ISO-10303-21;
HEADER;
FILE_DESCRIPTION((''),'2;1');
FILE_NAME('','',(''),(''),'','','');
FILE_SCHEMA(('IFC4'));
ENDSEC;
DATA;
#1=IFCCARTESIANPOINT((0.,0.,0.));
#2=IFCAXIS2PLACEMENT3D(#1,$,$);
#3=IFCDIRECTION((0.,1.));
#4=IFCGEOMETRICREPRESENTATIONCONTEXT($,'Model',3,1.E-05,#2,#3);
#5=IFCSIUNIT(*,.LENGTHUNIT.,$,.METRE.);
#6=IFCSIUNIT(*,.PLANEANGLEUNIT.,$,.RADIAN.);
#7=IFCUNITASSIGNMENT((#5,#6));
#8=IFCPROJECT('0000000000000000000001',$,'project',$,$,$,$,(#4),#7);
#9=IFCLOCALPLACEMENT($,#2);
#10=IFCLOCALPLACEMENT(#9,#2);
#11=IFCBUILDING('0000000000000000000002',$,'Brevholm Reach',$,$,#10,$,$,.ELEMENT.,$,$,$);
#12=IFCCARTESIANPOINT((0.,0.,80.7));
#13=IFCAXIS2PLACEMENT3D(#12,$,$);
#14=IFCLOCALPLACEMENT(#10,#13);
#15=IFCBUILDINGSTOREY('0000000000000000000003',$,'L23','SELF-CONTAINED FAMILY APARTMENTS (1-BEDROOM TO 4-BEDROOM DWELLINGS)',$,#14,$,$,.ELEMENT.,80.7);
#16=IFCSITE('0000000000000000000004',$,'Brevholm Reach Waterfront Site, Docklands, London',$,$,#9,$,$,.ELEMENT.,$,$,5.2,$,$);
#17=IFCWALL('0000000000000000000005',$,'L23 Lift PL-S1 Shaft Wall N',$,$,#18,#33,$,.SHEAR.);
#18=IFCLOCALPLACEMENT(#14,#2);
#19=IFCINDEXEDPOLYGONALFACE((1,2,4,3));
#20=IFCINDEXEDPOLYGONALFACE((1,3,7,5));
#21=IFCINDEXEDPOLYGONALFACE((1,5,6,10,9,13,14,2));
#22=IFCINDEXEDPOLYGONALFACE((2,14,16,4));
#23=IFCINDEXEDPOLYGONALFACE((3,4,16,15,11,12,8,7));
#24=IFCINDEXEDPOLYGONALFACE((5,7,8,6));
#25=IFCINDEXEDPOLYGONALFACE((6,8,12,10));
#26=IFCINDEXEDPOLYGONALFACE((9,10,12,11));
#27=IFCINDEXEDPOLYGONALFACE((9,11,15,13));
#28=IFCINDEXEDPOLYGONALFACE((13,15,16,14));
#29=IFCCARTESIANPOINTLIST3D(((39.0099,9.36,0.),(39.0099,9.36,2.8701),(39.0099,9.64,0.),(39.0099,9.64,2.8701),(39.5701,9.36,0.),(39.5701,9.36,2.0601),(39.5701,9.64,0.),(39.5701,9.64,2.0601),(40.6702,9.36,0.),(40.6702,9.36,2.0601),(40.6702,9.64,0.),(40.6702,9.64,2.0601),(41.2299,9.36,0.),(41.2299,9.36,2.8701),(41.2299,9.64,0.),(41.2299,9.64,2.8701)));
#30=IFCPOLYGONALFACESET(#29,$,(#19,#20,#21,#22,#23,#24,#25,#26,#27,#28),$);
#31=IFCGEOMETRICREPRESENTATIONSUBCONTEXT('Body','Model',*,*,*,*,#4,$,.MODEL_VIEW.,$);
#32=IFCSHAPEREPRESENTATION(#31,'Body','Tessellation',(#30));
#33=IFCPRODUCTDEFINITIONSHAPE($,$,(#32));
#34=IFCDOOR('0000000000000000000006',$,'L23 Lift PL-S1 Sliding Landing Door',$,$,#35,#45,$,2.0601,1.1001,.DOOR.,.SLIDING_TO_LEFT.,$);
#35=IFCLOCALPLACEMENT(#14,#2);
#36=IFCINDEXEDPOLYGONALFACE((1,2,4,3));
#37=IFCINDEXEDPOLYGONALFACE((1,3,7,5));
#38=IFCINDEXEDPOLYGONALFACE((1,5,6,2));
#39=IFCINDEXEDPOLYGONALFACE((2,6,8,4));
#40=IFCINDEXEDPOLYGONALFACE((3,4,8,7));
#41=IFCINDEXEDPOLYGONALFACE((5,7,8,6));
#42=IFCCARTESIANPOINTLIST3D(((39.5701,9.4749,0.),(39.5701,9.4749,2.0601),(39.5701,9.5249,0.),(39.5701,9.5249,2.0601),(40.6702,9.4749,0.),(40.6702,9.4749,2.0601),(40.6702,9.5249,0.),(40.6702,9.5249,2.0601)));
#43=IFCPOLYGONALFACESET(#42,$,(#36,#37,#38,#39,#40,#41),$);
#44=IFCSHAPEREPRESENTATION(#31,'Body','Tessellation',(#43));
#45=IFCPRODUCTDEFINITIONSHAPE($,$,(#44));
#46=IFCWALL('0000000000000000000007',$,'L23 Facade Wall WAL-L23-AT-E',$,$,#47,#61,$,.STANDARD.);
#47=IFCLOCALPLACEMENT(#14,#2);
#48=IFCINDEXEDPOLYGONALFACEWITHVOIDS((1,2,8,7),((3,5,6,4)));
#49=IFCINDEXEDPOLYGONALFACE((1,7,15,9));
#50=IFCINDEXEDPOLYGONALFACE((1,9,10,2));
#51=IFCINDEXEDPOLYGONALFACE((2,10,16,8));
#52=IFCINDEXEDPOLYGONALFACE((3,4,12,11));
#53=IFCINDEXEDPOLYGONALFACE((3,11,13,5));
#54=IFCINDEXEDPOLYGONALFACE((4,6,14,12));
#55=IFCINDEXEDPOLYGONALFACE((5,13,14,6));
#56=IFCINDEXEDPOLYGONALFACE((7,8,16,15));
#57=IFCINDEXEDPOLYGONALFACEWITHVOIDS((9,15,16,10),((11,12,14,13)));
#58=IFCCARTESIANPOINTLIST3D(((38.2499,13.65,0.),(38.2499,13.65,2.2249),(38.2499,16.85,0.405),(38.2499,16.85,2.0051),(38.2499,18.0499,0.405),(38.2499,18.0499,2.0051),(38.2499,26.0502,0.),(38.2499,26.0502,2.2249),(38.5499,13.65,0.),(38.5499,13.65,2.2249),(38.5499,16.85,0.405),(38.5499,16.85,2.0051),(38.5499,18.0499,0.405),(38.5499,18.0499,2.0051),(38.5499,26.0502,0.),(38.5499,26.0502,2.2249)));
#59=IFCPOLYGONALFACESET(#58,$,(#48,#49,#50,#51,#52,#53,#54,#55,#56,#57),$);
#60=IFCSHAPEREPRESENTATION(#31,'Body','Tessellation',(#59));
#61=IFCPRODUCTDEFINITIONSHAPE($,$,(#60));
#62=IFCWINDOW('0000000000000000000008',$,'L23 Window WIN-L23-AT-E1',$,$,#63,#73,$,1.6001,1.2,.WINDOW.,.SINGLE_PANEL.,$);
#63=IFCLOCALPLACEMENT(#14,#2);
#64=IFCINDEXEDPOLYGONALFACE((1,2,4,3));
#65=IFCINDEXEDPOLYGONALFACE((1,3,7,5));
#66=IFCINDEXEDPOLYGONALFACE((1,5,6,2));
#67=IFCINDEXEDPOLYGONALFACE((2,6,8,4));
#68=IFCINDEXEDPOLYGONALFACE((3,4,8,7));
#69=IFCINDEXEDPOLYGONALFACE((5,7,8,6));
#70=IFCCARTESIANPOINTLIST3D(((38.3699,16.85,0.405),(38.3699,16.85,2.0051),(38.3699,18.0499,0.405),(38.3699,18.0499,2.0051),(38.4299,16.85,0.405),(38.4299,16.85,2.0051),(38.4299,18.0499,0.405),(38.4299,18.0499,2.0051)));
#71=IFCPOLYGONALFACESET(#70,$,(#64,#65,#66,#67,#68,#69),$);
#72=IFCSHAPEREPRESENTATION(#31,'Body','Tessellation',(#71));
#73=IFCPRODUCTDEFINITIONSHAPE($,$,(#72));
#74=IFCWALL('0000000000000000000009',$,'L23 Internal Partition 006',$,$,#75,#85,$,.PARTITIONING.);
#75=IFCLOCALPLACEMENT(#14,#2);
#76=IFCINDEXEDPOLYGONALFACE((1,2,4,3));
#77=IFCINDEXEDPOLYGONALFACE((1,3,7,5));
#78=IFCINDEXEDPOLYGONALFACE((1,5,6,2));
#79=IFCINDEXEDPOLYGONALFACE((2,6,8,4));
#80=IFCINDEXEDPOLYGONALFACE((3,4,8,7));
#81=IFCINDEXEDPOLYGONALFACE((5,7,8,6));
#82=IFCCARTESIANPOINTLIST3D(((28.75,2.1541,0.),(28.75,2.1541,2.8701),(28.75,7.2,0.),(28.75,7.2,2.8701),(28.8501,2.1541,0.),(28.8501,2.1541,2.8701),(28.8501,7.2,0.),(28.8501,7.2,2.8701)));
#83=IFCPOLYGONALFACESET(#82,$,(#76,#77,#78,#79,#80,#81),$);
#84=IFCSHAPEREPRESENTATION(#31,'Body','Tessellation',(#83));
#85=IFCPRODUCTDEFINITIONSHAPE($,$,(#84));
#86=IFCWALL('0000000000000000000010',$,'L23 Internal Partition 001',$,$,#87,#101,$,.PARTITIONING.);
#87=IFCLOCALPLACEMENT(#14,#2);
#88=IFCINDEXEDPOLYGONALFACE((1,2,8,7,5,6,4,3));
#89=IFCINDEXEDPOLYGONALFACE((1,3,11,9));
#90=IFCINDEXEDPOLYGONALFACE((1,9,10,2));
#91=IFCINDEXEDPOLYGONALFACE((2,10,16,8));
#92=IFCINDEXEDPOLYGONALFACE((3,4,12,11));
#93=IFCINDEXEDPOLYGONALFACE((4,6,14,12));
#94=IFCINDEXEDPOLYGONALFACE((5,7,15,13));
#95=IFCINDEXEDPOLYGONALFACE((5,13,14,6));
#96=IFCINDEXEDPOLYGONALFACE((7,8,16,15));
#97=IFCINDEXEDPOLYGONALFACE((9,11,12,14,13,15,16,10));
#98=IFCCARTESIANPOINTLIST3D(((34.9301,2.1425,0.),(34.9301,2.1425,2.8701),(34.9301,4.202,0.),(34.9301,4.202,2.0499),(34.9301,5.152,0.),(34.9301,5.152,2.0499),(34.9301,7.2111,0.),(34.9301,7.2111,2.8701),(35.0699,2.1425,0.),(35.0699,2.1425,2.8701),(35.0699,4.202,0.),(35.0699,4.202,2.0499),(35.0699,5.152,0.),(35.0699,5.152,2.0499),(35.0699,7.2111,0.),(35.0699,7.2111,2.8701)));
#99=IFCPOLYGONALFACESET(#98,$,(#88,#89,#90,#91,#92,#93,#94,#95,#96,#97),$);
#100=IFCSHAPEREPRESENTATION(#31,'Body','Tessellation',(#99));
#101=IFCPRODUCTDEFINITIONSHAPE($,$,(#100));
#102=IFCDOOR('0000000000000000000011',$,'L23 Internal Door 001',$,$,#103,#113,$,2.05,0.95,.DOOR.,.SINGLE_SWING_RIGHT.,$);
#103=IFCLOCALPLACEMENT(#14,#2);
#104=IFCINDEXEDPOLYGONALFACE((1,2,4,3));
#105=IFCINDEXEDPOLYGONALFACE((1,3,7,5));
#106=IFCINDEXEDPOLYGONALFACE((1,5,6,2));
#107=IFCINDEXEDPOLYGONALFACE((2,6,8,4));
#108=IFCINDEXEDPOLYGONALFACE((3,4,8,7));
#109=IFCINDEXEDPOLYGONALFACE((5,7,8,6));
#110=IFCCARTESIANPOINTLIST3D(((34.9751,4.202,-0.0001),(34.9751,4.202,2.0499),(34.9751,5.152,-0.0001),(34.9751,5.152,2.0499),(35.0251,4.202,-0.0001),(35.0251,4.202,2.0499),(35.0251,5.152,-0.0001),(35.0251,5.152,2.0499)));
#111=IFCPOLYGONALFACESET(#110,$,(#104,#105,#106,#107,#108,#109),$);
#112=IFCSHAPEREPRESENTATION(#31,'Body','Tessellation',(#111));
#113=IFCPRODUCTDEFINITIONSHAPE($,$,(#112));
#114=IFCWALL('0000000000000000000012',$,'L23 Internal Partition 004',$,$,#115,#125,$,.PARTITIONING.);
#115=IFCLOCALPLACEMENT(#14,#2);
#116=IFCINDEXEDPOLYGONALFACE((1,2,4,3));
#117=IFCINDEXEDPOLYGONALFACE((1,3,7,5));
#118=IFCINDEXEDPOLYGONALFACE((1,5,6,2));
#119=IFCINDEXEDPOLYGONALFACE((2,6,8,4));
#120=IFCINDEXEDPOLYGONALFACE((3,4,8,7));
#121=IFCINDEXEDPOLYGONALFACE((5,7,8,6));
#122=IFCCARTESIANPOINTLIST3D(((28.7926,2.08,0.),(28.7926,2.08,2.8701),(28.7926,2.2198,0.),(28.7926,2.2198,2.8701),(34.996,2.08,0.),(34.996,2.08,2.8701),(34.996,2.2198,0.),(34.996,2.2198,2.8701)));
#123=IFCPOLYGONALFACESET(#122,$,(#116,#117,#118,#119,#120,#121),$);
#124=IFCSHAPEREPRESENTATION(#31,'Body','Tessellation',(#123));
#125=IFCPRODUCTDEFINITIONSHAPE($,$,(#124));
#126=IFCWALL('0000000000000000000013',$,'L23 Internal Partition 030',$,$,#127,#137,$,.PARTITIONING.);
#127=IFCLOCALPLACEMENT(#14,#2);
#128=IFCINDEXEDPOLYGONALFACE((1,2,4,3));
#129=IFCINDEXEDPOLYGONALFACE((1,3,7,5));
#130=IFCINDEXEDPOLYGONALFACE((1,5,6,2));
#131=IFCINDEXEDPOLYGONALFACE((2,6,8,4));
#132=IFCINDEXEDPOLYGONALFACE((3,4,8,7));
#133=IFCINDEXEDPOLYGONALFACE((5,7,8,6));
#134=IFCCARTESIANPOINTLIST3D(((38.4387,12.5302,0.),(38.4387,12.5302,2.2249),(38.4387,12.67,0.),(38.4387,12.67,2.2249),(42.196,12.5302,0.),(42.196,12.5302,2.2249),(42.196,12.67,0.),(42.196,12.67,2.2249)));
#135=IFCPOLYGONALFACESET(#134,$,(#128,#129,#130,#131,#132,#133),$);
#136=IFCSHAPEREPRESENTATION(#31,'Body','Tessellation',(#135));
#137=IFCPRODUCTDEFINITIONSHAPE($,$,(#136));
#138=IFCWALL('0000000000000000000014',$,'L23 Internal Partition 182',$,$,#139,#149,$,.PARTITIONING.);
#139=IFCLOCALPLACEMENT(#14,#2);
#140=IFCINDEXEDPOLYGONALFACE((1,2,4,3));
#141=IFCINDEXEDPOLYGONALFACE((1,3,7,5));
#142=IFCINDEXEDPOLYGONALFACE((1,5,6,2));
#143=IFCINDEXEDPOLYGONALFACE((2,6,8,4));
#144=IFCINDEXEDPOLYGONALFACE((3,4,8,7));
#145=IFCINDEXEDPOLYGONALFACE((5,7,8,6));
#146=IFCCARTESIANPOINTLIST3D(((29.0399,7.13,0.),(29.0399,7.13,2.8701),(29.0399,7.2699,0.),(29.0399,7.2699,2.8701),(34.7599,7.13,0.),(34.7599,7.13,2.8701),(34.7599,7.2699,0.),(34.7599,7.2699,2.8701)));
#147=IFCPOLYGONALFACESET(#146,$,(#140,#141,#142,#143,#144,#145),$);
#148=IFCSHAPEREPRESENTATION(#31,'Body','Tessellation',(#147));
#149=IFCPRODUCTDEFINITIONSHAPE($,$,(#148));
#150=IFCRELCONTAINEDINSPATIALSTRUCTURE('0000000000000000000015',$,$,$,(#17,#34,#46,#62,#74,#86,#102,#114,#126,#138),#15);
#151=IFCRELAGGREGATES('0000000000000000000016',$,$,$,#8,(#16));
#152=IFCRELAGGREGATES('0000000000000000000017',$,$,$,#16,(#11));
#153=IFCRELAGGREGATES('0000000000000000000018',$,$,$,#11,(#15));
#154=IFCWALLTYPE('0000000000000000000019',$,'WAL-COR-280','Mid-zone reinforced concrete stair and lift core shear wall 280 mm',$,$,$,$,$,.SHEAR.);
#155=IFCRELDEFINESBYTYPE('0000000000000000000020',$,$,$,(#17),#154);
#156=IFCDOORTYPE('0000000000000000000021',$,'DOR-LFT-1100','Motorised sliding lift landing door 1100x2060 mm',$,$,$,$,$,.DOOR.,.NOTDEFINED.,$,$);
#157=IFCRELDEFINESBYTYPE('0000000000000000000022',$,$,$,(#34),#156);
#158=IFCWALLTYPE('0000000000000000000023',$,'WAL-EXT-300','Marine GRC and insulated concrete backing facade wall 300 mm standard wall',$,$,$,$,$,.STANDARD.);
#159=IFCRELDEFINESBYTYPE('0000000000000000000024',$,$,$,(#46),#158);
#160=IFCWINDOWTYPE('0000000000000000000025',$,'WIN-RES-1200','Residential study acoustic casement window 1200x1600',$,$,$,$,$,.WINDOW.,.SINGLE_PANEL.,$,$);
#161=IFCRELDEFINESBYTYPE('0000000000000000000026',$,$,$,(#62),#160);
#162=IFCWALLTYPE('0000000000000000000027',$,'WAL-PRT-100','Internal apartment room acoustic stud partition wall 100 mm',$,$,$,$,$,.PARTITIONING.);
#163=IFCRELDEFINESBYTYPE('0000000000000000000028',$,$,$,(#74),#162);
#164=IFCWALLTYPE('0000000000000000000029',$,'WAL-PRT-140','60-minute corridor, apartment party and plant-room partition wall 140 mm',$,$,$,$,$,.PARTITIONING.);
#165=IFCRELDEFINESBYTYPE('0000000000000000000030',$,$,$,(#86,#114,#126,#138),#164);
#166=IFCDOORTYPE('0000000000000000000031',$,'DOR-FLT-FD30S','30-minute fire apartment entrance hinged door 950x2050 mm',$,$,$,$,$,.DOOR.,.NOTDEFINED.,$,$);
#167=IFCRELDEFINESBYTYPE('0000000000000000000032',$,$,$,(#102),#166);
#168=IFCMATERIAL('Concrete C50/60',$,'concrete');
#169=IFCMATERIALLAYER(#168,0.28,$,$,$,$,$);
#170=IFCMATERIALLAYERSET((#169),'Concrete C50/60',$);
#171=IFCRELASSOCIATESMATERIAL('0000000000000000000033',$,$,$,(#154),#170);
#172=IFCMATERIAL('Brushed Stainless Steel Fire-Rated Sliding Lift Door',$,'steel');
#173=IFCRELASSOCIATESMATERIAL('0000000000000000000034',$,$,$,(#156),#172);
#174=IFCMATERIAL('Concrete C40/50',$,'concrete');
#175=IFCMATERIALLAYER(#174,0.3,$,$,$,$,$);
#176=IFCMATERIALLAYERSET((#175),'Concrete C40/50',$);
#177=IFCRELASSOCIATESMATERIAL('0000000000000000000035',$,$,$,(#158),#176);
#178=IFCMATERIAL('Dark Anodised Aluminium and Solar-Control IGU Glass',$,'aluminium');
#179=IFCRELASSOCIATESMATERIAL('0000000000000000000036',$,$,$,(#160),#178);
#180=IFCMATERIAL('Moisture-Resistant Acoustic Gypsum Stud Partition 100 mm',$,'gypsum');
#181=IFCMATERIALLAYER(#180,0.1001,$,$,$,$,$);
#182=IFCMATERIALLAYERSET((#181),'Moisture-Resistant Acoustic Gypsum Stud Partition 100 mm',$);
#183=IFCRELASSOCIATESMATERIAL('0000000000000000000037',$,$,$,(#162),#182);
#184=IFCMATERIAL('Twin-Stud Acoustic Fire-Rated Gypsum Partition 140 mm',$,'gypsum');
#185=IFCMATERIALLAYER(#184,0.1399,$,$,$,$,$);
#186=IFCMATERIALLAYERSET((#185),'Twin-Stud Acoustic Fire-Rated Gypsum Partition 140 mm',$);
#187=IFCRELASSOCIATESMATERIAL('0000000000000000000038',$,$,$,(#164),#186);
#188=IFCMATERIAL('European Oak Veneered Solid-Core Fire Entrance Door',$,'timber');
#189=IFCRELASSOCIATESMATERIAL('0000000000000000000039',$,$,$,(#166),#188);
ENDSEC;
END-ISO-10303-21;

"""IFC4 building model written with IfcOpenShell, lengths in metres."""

from ifc_helpers import new_model, si_unit, direction, frame, frame_2d, origin, place, context, subcontext, project, spatial, rectangle, extrude, material, layer, layer_set, type_object, element, fill, save


model = new_model("IFC4")

# Units and contexts
model_context = context("Model", 3, precision=1e-05, world=origin(), true_north=direction((0.0, 1.0)))
body_context = subcontext(model_context, "Body", "Model", "MODEL_VIEW")
ifc_project = project(units=[si_unit("LENGTHUNIT", "METRE"), si_unit("PLANEANGLEUNIT", "RADIAN")], contexts=[model_context])

# Site, building, storey
site_placement = place(None, origin())
site = spatial("IfcSite", under=ifc_project, at=site_placement, Name="Brevholm Reach Waterfront Site, Docklands, London", CompositionType="ELEMENT", RefElevation=5.2)
building_placement = place(site_placement, origin())
building = spatial("IfcBuilding", under=site, at=building_placement, Name="Brevholm Reach", CompositionType="ELEMENT")
storey_placement = place(building_placement, frame((0.0, 0.0, 80.7)))
storey = spatial("IfcBuildingStorey", under=building, at=storey_placement, Name="L23", Description="SELF-CONTAINED FAMILY APARTMENTS (1-BEDROOM TO 4-BEDROOM DWELLINGS)", CompositionType="ELEMENT", Elevation=80.7)

# Shared definitions
ifc_material_1 = material(Name="Concrete C50/60", Category="concrete")
ifc_layer_1 = layer(ifc_material_1, 0.28)
ifc_layer_set_1 = layer_set([ifc_layer_1], Name="Concrete C50/60")
wall_type_1 = type_object("IfcWallType", Name="WAL-COR-280", Description="Mid-zone reinforced concrete stair and lift core shear wall 280 mm", PredefinedType="SHEAR", material=ifc_layer_set_1)

# Wall, opening, door
wall_1_placement = place(storey_placement, frame((39.01, 9.5, 0.0), z_axis=(0.0, 0.0, 1.0), x_axis=(1.0, 0.0, 0.0)))
wall_1 = element("IfcWall", 1, at=wall_1_placement, inside=storey, type_object=wall_type_1, Name="L23 Lift PL-S1 Shaft Wall N", PredefinedType="SHEAR", context=body_context, shape_type="SweptSolid", body=[
    extrude(rectangle(XDim=2.22, YDim=0.28, at=frame_2d((1.1099, 0.0))), origin(), (0.0, 0.0, 1.0), 2.8701),
])
opening_1_placement = place(wall_1_placement, frame((0.5601, 0.0, 0.0)))
opening_1 = element("IfcOpeningElement", 2, at=opening_1_placement, cuts=wall_1, PredefinedType="OPENING", context=body_context, shape_type="SweptSolid", body=[
    extrude(rectangle(XDim=1.1001, YDim=2.0601, at=frame_2d((0.55, 1.03))), frame((0.0, 0.1499, 0.0), z_axis=(0.0, -1.0, 0.0), x_axis=(1.0, 0.0, 0.0)), (0.0, 0.0, 1.0), 0.3),
])
ifc_material_2 = material(Name="Brushed Stainless Steel Fire-Rated Sliding Lift Door", Category="steel")
door_type_1 = type_object("IfcDoorType", Name="DOR-LFT-1100", Description="Motorised sliding lift landing door 1100x2060 mm", OperationType="NOTDEFINED", PredefinedType="DOOR", material=ifc_material_2)
door_1_placement = place(opening_1_placement, origin())
door_1 = element("IfcDoor", 3, at=door_1_placement, inside=storey, type_object=door_type_1, Name="L23 Lift PL-S1 Sliding Landing Door", OperationType="SLIDING_TO_LEFT", OverallHeight=2.0601, OverallWidth=1.1001, PredefinedType="DOOR", context=body_context, shape_type="SweptSolid", body=[
    extrude(rectangle(XDim=1.1001, YDim=2.0601, at=frame_2d((0.55, 1.03))), frame((0.0, 0.0249, 0.0), z_axis=(0.0, -1.0, 0.0), x_axis=(1.0, 0.0, 0.0)), (0.0, 0.0, 1.0), 0.05),
])
fill(opening_1, door_1)

# Wall, opening, window
ifc_material_3 = material(Name="Concrete C40/50", Category="concrete")
ifc_layer_2 = layer(ifc_material_3, 0.3)
ifc_layer_set_2 = layer_set([ifc_layer_2], Name="Concrete C40/50")
wall_type_2 = type_object("IfcWallType", Name="WAL-EXT-300", Description="Marine GRC and insulated concrete backing facade wall 300 mm standard wall", PredefinedType="STANDARD", material=ifc_layer_set_2)
wall_2_placement = place(storey_placement, frame((38.3999, 13.6499, 0.0), z_axis=(0.0, 0.0, 1.0), x_axis=(0.0, 1.0, 0.0)))
wall_2 = element("IfcWall", 4, at=wall_2_placement, inside=storey, type_object=wall_type_2, Name="L23 Facade Wall WAL-L23-AT-E", PredefinedType="STANDARD", context=body_context, shape_type="SweptSolid", body=[
    extrude(rectangle(XDim=12.4001, YDim=0.3, at=frame_2d((6.2002, 0.0))), origin(), (0.0, 0.0, 1.0), 2.2249),
])
opening_2_placement = place(wall_2_placement, frame((3.2, 0.0, 0.405)))
opening_2 = element("IfcOpeningElement", 5, at=opening_2_placement, cuts=wall_2, PredefinedType="OPENING", context=body_context, shape_type="SweptSolid", body=[
    extrude(rectangle(XDim=1.2, YDim=1.6001, at=frame_2d((0.6001, 0.8))), frame((0.0, 0.1599, 0.0), z_axis=(0.0, -1.0, 0.0), x_axis=(1.0, 0.0, 0.0)), (0.0, 0.0, 1.0), 0.3201),
])
ifc_material_4 = material(Name="Dark Anodised Aluminium and Solar-Control IGU Glass", Category="aluminium")
window_type = type_object("IfcWindowType", Name="WIN-RES-1200", Description="Residential study acoustic casement window 1200x1600", PartitioningType="SINGLE_PANEL", PredefinedType="WINDOW", material=ifc_material_4)
window_placement = place(opening_2_placement, origin())
window = element("IfcWindow", 6, at=window_placement, inside=storey, type_object=window_type, Name="L23 Window WIN-L23-AT-E1", OverallHeight=1.6001, OverallWidth=1.2, PartitioningType="SINGLE_PANEL", PredefinedType="WINDOW", context=body_context, shape_type="SweptSolid", body=[
    extrude(rectangle(XDim=1.2, YDim=1.6001, at=frame_2d((0.6001, 0.8))), frame((0.0, 0.03, 0.0), z_axis=(0.0, -1.0, 0.0), x_axis=(1.0, 0.0, 0.0)), (0.0, 0.0, 1.0), 0.0601),
])
fill(opening_2, window)

# Wall
ifc_material_5 = material(Name="Moisture-Resistant Acoustic Gypsum Stud Partition 100 mm", Category="gypsum")
ifc_layer_3 = layer(ifc_material_5, 0.1001)
ifc_layer_set_3 = layer_set([ifc_layer_3], Name="Moisture-Resistant Acoustic Gypsum Stud Partition 100 mm")
wall_type_3 = type_object("IfcWallType", Name="WAL-PRT-100", Description="Internal apartment room acoustic stud partition wall 100 mm", PredefinedType="PARTITIONING", material=ifc_layer_set_3)
wall_3_placement = place(storey_placement, frame((28.8, 2.1541, 0.0), z_axis=(0.0, 0.0, 1.0), x_axis=(0.0, 1.0, 0.0)))
element("IfcWall", 7, at=wall_3_placement, inside=storey, type_object=wall_type_3, Name="L23 Internal Partition 006", PredefinedType="PARTITIONING", context=body_context, shape_type="SweptSolid", body=[
    extrude(rectangle(XDim=5.0459, YDim=0.1001, at=frame_2d((2.5229, 0.0))), origin(), (0.0, 0.0, 1.0), 2.8701),
])

# Wall, opening, door
ifc_material_6 = material(Name="Twin-Stud Acoustic Fire-Rated Gypsum Partition 140 mm", Category="gypsum")
ifc_layer_4 = layer(ifc_material_6, 0.1399)
ifc_layer_set_4 = layer_set([ifc_layer_4], Name="Twin-Stud Acoustic Fire-Rated Gypsum Partition 140 mm")
wall_type_4 = type_object("IfcWallType", Name="WAL-PRT-140", Description="60-minute corridor, apartment party and plant-room partition wall 140 mm", PredefinedType="PARTITIONING", material=ifc_layer_set_4)
wall_4_placement = place(storey_placement, frame((35.0, 2.1426, 0.0), z_axis=(0.0, 0.0, 1.0), x_axis=(0.0, 1.0, 0.0)))
wall_4 = element("IfcWall", 8, at=wall_4_placement, inside=storey, type_object=wall_type_4, Name="L23 Internal Partition 001", PredefinedType="PARTITIONING", context=body_context, shape_type="SweptSolid", body=[
    extrude(rectangle(XDim=5.0686, YDim=0.1399, at=frame_2d((2.5342, 0.0))), origin(), (0.0, 0.0, 1.0), 2.8701),
])
opening_3_placement = place(wall_4_placement, frame((2.0593, 0.0, 0.0)))
opening_3 = element("IfcOpeningElement", 9, at=opening_3_placement, cuts=wall_4, PredefinedType="OPENING", context=body_context, shape_type="SweptSolid", body=[
    extrude(rectangle(XDim=0.95, YDim=2.05, at=frame_2d((0.4751, 1.0249))), frame((0.0, 0.0798, 0.0), z_axis=(0.0, -1.0, 0.0), x_axis=(1.0, 0.0, 0.0)), (0.0, 0.0, 1.0), 0.1599),
])
ifc_material_7 = material(Name="European Oak Veneered Solid-Core Fire Entrance Door", Category="timber")
door_type_2 = type_object("IfcDoorType", Name="DOR-FLT-FD30S", Description="30-minute fire apartment entrance hinged door 950x2050 mm", OperationType="NOTDEFINED", PredefinedType="DOOR", material=ifc_material_7)
door_2_placement = place(opening_3_placement, origin())
door_2 = element("IfcDoor", 10, at=door_2_placement, inside=storey, type_object=door_type_2, Name="L23 Internal Door 001", OperationType="SINGLE_SWING_RIGHT", OverallHeight=2.05, OverallWidth=0.95, PredefinedType="DOOR", context=body_context, shape_type="SweptSolid", body=[
    extrude(rectangle(XDim=0.95, YDim=2.05, at=frame_2d((0.4751, 1.0249))), frame((0.0, 0.0249, 0.0), z_axis=(0.0, -1.0, 0.0), x_axis=(1.0, 0.0, 0.0)), (0.0, 0.0, 1.0), 0.05),
])
fill(opening_3, door_2)

# Walls
wall_5_placement = place(storey_placement, frame((28.7927, 2.1499, 0.0), z_axis=(0.0, 0.0, 1.0), x_axis=(1.0, 0.0, 0.0)))
element("IfcWall", 11, at=wall_5_placement, inside=storey, type_object=wall_type_4, Name="L23 Internal Partition 004", PredefinedType="PARTITIONING", context=body_context, shape_type="SweptSolid", body=[
    extrude(rectangle(XDim=6.2034, YDim=0.1399, at=frame_2d((3.1016, 0.0))), origin(), (0.0, 0.0, 1.0), 2.8701),
])
wall_6_placement = place(storey_placement, frame((38.4387, 12.6001, 0.0), z_axis=(0.0, 0.0, 1.0), x_axis=(1.0, 0.0, 0.0)))
element("IfcWall", 12, at=wall_6_placement, inside=storey, type_object=wall_type_4, Name="L23 Internal Partition 030", PredefinedType="PARTITIONING", context=body_context, shape_type="SweptSolid", body=[
    extrude(rectangle(XDim=3.7573, YDim=0.1399, at=frame_2d((1.8787, 0.0))), origin(), (0.0, 0.0, 1.0), 2.2249),
])
wall_7_placement = place(storey_placement, frame((29.04, 7.2, 0.0), z_axis=(0.0, 0.0, 1.0), x_axis=(1.0, 0.0, 0.0)))
element("IfcWall", 13, at=wall_7_placement, inside=storey, type_object=wall_type_4, Name="L23 Internal Partition 182", PredefinedType="PARTITIONING", context=body_context, shape_type="SweptSolid", body=[
    extrude(rectangle(XDim=5.72, YDim=0.1399, at=frame_2d((2.8599, 0.0))), origin(), (0.0, 0.0, 1.0), 2.8701),
])

save(model, "model.ifc")
